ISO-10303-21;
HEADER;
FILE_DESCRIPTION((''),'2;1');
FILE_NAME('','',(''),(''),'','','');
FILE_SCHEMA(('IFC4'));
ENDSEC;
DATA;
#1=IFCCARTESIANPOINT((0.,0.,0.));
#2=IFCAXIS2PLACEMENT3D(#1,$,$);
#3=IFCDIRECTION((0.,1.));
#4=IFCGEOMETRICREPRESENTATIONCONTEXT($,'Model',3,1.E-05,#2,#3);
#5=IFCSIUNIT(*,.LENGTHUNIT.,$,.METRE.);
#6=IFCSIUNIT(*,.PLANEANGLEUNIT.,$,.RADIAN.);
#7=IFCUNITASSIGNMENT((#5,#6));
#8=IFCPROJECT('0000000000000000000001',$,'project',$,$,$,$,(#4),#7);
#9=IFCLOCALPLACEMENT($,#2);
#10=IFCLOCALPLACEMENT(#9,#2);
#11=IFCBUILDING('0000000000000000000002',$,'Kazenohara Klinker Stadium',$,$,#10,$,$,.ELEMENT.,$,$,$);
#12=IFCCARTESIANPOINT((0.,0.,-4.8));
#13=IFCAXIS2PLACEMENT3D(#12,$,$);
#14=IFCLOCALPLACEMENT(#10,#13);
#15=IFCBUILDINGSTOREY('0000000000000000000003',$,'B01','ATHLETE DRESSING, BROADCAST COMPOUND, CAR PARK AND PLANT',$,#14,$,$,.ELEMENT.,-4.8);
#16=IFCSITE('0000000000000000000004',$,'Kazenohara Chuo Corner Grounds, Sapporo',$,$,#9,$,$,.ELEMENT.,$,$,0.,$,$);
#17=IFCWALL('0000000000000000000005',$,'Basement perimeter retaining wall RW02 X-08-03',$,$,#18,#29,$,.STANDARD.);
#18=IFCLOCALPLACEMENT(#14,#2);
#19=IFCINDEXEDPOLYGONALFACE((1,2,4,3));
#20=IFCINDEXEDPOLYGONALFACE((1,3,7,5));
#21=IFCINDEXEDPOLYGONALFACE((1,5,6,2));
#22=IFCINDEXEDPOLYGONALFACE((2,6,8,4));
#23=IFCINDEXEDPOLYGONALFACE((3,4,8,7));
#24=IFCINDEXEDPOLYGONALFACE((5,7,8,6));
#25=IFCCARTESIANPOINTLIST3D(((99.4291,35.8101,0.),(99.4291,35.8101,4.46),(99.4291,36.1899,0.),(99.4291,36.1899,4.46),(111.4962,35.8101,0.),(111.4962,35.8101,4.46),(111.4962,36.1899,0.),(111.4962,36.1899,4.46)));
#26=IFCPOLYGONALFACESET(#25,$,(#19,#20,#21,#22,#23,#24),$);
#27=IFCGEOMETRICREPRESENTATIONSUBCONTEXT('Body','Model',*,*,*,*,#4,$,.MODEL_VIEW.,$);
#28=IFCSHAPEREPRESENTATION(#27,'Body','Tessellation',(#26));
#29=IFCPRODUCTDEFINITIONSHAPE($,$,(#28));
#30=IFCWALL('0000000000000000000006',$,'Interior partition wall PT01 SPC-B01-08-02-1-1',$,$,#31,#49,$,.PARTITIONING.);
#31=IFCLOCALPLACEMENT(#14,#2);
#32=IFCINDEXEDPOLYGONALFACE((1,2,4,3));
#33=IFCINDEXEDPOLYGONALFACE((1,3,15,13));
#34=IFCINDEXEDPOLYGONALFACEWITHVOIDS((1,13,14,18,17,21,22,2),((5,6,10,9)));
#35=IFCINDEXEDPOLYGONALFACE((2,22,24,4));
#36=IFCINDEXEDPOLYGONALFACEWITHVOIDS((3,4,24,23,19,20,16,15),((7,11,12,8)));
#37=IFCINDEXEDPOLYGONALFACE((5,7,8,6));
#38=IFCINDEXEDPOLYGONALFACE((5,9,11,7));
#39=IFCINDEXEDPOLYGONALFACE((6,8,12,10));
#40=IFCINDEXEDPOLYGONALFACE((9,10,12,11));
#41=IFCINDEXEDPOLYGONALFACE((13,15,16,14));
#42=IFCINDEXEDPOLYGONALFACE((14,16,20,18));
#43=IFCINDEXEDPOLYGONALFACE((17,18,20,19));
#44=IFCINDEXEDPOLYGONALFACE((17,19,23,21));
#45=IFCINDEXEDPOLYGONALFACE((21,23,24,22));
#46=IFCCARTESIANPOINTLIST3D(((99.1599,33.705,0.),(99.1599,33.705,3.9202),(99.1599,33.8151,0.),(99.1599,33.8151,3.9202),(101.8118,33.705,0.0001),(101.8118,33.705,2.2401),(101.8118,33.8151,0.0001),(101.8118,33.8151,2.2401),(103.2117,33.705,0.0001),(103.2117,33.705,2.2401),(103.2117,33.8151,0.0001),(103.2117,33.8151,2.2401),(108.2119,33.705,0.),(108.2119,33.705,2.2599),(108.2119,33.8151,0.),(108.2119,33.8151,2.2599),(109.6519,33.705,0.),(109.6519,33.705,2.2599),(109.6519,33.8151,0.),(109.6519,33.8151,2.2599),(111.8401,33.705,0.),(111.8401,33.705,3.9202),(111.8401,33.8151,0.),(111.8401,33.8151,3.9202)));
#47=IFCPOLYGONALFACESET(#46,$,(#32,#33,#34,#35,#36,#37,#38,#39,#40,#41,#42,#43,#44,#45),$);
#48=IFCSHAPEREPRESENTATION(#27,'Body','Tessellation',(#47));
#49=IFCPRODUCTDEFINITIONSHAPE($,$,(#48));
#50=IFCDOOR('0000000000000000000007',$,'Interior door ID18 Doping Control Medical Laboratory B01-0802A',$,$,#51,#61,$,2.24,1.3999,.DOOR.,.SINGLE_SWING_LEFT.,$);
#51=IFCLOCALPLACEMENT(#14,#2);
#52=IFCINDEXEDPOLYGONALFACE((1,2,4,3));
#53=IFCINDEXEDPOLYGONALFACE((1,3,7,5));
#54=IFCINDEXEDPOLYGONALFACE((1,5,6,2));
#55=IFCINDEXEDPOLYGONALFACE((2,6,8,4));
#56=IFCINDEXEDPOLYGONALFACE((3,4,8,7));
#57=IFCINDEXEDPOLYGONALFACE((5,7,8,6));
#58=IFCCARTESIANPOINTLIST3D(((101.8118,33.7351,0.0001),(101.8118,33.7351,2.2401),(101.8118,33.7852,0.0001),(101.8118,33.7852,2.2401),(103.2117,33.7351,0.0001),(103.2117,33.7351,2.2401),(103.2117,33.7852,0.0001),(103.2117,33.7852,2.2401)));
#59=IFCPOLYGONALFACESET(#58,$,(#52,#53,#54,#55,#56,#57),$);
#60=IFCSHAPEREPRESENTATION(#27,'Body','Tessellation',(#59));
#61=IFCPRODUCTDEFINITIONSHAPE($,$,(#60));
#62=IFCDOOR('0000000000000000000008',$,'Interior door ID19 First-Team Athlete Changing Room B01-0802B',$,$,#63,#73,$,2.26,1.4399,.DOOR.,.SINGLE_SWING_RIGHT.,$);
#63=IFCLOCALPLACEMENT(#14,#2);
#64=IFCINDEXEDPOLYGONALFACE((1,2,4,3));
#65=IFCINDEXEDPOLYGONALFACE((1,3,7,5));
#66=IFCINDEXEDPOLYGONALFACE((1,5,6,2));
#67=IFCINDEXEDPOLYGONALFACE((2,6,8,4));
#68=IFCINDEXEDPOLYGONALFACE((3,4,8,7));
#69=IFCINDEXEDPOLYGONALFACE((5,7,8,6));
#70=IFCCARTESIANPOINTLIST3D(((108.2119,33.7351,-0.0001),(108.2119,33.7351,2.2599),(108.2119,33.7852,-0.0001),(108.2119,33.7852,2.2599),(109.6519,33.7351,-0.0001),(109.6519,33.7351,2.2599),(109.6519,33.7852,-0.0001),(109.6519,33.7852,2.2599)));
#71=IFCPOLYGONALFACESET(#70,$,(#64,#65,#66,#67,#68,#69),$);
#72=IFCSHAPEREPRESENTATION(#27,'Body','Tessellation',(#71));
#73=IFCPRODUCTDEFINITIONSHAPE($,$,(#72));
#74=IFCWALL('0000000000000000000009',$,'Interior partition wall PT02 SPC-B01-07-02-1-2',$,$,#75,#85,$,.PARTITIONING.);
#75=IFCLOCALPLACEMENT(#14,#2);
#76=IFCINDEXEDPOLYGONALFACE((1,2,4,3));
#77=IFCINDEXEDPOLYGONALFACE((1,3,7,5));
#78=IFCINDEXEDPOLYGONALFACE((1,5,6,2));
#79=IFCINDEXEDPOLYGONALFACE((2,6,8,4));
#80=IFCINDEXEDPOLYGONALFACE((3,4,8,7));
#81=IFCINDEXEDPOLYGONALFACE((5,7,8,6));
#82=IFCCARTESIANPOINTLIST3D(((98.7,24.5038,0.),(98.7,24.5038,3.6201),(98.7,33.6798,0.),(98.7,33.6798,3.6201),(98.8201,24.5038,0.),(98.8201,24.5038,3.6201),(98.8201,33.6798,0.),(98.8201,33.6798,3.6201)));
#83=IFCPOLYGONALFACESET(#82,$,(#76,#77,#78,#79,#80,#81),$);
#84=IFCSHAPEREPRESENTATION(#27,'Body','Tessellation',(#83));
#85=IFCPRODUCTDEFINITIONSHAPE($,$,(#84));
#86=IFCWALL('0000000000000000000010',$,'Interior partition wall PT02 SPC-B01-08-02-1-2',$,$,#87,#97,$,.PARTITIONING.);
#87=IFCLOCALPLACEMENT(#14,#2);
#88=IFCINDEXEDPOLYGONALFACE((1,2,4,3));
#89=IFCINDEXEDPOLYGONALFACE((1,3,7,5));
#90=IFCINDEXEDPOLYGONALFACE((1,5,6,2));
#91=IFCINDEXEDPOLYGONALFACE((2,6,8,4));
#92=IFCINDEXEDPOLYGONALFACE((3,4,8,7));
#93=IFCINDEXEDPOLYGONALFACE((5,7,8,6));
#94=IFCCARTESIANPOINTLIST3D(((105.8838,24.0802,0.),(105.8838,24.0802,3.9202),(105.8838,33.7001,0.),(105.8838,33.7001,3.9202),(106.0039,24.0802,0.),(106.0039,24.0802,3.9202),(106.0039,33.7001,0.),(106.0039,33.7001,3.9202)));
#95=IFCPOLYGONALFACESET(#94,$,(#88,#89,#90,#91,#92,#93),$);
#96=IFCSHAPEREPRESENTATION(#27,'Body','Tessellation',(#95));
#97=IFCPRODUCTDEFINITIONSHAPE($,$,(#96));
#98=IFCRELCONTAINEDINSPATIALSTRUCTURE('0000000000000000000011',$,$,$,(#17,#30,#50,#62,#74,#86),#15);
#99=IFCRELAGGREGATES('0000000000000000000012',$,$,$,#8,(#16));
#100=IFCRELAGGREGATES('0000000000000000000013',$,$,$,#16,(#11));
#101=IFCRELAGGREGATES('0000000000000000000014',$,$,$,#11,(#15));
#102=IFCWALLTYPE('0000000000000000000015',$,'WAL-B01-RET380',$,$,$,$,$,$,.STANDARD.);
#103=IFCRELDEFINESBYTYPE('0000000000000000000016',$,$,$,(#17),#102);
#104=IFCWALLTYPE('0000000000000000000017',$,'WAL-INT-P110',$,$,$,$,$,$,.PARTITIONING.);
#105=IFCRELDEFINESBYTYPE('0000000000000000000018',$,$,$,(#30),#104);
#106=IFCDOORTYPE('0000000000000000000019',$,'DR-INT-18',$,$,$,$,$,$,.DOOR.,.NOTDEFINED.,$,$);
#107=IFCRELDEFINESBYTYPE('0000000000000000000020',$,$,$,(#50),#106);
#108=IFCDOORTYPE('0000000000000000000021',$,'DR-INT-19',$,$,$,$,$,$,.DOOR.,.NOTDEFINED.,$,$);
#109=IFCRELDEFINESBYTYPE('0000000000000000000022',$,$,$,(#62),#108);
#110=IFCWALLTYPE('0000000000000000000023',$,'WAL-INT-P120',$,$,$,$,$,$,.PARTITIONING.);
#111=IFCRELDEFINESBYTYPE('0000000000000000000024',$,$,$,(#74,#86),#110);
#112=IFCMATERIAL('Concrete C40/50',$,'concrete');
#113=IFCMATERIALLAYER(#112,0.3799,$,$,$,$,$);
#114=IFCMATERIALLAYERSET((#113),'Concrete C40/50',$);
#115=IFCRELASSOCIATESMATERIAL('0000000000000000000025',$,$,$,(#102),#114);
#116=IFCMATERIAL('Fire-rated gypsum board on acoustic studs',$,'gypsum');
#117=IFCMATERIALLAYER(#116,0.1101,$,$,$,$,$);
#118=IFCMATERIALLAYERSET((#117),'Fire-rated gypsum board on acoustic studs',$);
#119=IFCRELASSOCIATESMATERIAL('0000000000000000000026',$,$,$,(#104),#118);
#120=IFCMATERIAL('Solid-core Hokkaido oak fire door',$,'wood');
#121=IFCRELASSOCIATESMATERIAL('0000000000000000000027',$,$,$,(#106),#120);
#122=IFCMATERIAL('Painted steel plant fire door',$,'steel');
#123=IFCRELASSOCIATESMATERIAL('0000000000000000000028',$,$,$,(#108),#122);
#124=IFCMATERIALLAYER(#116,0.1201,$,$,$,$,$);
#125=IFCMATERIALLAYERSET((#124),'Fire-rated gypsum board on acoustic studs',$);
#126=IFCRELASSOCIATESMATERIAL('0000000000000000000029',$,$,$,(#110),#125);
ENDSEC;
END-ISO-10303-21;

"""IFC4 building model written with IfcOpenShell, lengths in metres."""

from ifc_helpers import new_model, si_unit, direction, frame, frame_2d, origin, place, context, subcontext, project, spatial, rectangle, extrude, material, layer, layer_set, type_object, element, fill, save


model = new_model("IFC4")

# Units and contexts
model_context = context("Model", 3, precision=1e-05, world=origin(), true_north=direction((0.0, 1.0)))
body_context = subcontext(model_context, "Body", "Model", "MODEL_VIEW")
ifc_project = project(units=[si_unit("LENGTHUNIT", "METRE"), si_unit("PLANEANGLEUNIT", "RADIAN")], contexts=[model_context])

# Site, building, storey
site_placement = place(None, origin())
site = spatial("IfcSite", under=ifc_project, at=site_placement, Name="Kazenohara Chuo Corner Grounds, Sapporo", CompositionType="ELEMENT", RefElevation=0.0)
building_placement = place(site_placement, origin())
building = spatial("IfcBuilding", under=site, at=building_placement, Name="Kazenohara Klinker Stadium", CompositionType="ELEMENT")
storey_placement = place(building_placement, frame((0.0, 0.0, -4.8)))
storey = spatial("IfcBuildingStorey", under=building, at=storey_placement, Name="B01", Description="ATHLETE DRESSING, BROADCAST COMPOUND, CAR PARK AND PLANT", CompositionType="ELEMENT", Elevation=-4.8)

# Shared definitions
ifc_material_1 = material(Name="Concrete C40/50", Category="concrete")

# Wall
ifc_layer_1 = layer(ifc_material_1, 0.3799)
ifc_layer_set_1 = layer_set([ifc_layer_1], Name="Concrete C40/50")
wall_type_1 = type_object("IfcWallType", Name="WAL-B01-RET380", PredefinedType="STANDARD", material=ifc_layer_set_1)
wall_1_placement = place(storey_placement, frame((99.429, 36.0, 0.0), z_axis=(0.0, 0.0, 1.0), x_axis=(1.0, 0.0, 0.0)))
element("IfcWall", 1, at=wall_1_placement, inside=storey, type_object=wall_type_1, Name="Basement perimeter retaining wall RW02 X-08-03", PredefinedType="STANDARD", context=body_context, shape_type="SweptSolid", body=[
    extrude(rectangle(XDim=12.0671, YDim=0.3799, at=frame_2d((6.0337, 0.0))), origin(), (0.0, 0.0, 1.0), 4.46),
])

# Wall, openings, doors
ifc_material_2 = material(Name="Fire-rated gypsum board on acoustic studs", Category="gypsum")
ifc_layer_2 = layer(ifc_material_2, 0.1101)
ifc_layer_set_2 = layer_set([ifc_layer_2], Name="Fire-rated gypsum board on acoustic studs")
wall_type_2 = type_object("IfcWallType", Name="WAL-INT-P110", PredefinedType="PARTITIONING", material=ifc_layer_set_2)
wall_2_placement = place(storey_placement, frame((99.1599, 33.76, 0.0), z_axis=(0.0, 0.0, 1.0), x_axis=(1.0, 0.0, 0.0)))
wall_2 = element("IfcWall", 2, at=wall_2_placement, inside=storey, type_object=wall_type_2, Name="Interior partition wall PT01 SPC-B01-08-02-1-1", PredefinedType="PARTITIONING", context=body_context, shape_type="SweptSolid", body=[
    extrude(rectangle(XDim=12.6802, YDim=0.1101, at=frame_2d((6.3401, 0.0))), origin(), (0.0, 0.0, 1.0), 3.9202),
])
opening_1_placement = place(wall_2_placement, frame((4.0518, 0.0, 0.0), z_axis=(0.0, 0.0, 1.0), x_axis=(-1.0, 0.0, 0.0)))
opening_1 = element("IfcOpeningElement", 3, at=opening_1_placement, cuts=wall_2, PredefinedType="OPENING", context=body_context, shape_type="SweptSolid", body=[
    extrude(rectangle(XDim=1.3999, YDim=2.24, at=frame_2d((0.7, 1.1201))), frame((0.0, 0.0649, 0.0), z_axis=(0.0, -1.0, 0.0), x_axis=(1.0, 0.0, 0.0)), (0.0, 0.0, 1.0), 0.1301),
])
opening_2_placement = place(wall_2_placement, frame((10.4919, 0.0, 0.0), z_axis=(0.0, 0.0, 1.0), x_axis=(-1.0, 0.0, 0.0)))
opening_2 = element("IfcOpeningElement", 4, at=opening_2_placement, cuts=wall_2, PredefinedType="OPENING", context=body_context, shape_type="SweptSolid", body=[
    extrude(rectangle(XDim=1.4399, YDim=2.26, at=frame_2d((0.72, 1.1299))), frame((0.0, 0.0649, 0.0), z_axis=(0.0, -1.0, 0.0), x_axis=(1.0, 0.0, 0.0)), (0.0, 0.0, 1.0), 0.1301),
])
ifc_material_3 = material(Name="Solid-core Hokkaido oak fire door", Category="wood")
door_type_1 = type_object("IfcDoorType", Name="DR-INT-18", OperationType="NOTDEFINED", PredefinedType="DOOR", material=ifc_material_3)
door_1_placement = place(opening_1_placement, origin())
door_1 = element("IfcDoor", 5, at=door_1_placement, inside=storey, type_object=door_type_1, Name="Interior door ID18 Doping Control Medical Laboratory B01-0802A", OperationType="SINGLE_SWING_LEFT", OverallHeight=2.24, OverallWidth=1.3999, PredefinedType="DOOR", context=body_context, shape_type="SweptSolid", body=[
    extrude(rectangle(XDim=1.3999, YDim=2.24, at=frame_2d((0.7, 1.1201))), frame((0.0, 0.0249, 0.0), z_axis=(0.0, -1.0, 0.0), x_axis=(1.0, 0.0, 0.0)), (0.0, 0.0, 1.0), 0.05),
])
fill(opening_1, door_1)
ifc_material_4 = material(Name="Painted steel plant fire door", Category="steel")
door_type_2 = type_object("IfcDoorType", Name="DR-INT-19", OperationType="NOTDEFINED", PredefinedType="DOOR", material=ifc_material_4)
door_2_placement = place(opening_2_placement, origin())
door_2 = element("IfcDoor", 6, at=door_2_placement, inside=storey, type_object=door_type_2, Name="Interior door ID19 First-Team Athlete Changing Room B01-0802B", OperationType="SINGLE_SWING_RIGHT", OverallHeight=2.26, OverallWidth=1.4399, PredefinedType="DOOR", context=body_context, shape_type="SweptSolid", body=[
    extrude(rectangle(XDim=1.4399, YDim=2.26, at=frame_2d((0.72, 1.1299))), frame((0.0, 0.0249, 0.0), z_axis=(0.0, -1.0, 0.0), x_axis=(1.0, 0.0, 0.0)), (0.0, 0.0, 1.0), 0.05),
])
fill(opening_2, door_2)

# Walls
ifc_layer_3 = layer(ifc_material_2, 0.1201)
ifc_layer_set_3 = layer_set([ifc_layer_3], Name="Fire-rated gypsum board on acoustic studs")
wall_type_3 = type_object("IfcWallType", Name="WAL-INT-P120", PredefinedType="PARTITIONING", material=ifc_layer_set_3)
wall_3_placement = place(storey_placement, frame((98.76, 24.5039, 0.0), z_axis=(0.0, 0.0, 1.0), x_axis=(0.0, 1.0, 0.0)))
element("IfcWall", 7, at=wall_3_placement, inside=storey, type_object=wall_type_3, Name="Interior partition wall PT02 SPC-B01-07-02-1-2", PredefinedType="PARTITIONING", context=body_context, shape_type="SweptSolid", body=[
    extrude(rectangle(XDim=9.176, YDim=0.1201, at=frame_2d((4.5879, 0.0))), origin(), (0.0, 0.0, 1.0), 3.6201),
])
wall_4_placement = place(storey_placement, frame((105.9438, 24.0801, 0.0), z_axis=(0.0, 0.0, 1.0), x_axis=(0.0, 1.0, 0.0)))
element("IfcWall", 8, at=wall_4_placement, inside=storey, type_object=wall_type_3, Name="Interior partition wall PT02 SPC-B01-08-02-1-2", PredefinedType="PARTITIONING", context=body_context, shape_type="SweptSolid", body=[
    extrude(rectangle(XDim=9.6199, YDim=0.1201, at=frame_2d((4.8101, 0.0))), origin(), (0.0, 0.0, 1.0), 3.9202),
])

save(model, "model.ifc")
